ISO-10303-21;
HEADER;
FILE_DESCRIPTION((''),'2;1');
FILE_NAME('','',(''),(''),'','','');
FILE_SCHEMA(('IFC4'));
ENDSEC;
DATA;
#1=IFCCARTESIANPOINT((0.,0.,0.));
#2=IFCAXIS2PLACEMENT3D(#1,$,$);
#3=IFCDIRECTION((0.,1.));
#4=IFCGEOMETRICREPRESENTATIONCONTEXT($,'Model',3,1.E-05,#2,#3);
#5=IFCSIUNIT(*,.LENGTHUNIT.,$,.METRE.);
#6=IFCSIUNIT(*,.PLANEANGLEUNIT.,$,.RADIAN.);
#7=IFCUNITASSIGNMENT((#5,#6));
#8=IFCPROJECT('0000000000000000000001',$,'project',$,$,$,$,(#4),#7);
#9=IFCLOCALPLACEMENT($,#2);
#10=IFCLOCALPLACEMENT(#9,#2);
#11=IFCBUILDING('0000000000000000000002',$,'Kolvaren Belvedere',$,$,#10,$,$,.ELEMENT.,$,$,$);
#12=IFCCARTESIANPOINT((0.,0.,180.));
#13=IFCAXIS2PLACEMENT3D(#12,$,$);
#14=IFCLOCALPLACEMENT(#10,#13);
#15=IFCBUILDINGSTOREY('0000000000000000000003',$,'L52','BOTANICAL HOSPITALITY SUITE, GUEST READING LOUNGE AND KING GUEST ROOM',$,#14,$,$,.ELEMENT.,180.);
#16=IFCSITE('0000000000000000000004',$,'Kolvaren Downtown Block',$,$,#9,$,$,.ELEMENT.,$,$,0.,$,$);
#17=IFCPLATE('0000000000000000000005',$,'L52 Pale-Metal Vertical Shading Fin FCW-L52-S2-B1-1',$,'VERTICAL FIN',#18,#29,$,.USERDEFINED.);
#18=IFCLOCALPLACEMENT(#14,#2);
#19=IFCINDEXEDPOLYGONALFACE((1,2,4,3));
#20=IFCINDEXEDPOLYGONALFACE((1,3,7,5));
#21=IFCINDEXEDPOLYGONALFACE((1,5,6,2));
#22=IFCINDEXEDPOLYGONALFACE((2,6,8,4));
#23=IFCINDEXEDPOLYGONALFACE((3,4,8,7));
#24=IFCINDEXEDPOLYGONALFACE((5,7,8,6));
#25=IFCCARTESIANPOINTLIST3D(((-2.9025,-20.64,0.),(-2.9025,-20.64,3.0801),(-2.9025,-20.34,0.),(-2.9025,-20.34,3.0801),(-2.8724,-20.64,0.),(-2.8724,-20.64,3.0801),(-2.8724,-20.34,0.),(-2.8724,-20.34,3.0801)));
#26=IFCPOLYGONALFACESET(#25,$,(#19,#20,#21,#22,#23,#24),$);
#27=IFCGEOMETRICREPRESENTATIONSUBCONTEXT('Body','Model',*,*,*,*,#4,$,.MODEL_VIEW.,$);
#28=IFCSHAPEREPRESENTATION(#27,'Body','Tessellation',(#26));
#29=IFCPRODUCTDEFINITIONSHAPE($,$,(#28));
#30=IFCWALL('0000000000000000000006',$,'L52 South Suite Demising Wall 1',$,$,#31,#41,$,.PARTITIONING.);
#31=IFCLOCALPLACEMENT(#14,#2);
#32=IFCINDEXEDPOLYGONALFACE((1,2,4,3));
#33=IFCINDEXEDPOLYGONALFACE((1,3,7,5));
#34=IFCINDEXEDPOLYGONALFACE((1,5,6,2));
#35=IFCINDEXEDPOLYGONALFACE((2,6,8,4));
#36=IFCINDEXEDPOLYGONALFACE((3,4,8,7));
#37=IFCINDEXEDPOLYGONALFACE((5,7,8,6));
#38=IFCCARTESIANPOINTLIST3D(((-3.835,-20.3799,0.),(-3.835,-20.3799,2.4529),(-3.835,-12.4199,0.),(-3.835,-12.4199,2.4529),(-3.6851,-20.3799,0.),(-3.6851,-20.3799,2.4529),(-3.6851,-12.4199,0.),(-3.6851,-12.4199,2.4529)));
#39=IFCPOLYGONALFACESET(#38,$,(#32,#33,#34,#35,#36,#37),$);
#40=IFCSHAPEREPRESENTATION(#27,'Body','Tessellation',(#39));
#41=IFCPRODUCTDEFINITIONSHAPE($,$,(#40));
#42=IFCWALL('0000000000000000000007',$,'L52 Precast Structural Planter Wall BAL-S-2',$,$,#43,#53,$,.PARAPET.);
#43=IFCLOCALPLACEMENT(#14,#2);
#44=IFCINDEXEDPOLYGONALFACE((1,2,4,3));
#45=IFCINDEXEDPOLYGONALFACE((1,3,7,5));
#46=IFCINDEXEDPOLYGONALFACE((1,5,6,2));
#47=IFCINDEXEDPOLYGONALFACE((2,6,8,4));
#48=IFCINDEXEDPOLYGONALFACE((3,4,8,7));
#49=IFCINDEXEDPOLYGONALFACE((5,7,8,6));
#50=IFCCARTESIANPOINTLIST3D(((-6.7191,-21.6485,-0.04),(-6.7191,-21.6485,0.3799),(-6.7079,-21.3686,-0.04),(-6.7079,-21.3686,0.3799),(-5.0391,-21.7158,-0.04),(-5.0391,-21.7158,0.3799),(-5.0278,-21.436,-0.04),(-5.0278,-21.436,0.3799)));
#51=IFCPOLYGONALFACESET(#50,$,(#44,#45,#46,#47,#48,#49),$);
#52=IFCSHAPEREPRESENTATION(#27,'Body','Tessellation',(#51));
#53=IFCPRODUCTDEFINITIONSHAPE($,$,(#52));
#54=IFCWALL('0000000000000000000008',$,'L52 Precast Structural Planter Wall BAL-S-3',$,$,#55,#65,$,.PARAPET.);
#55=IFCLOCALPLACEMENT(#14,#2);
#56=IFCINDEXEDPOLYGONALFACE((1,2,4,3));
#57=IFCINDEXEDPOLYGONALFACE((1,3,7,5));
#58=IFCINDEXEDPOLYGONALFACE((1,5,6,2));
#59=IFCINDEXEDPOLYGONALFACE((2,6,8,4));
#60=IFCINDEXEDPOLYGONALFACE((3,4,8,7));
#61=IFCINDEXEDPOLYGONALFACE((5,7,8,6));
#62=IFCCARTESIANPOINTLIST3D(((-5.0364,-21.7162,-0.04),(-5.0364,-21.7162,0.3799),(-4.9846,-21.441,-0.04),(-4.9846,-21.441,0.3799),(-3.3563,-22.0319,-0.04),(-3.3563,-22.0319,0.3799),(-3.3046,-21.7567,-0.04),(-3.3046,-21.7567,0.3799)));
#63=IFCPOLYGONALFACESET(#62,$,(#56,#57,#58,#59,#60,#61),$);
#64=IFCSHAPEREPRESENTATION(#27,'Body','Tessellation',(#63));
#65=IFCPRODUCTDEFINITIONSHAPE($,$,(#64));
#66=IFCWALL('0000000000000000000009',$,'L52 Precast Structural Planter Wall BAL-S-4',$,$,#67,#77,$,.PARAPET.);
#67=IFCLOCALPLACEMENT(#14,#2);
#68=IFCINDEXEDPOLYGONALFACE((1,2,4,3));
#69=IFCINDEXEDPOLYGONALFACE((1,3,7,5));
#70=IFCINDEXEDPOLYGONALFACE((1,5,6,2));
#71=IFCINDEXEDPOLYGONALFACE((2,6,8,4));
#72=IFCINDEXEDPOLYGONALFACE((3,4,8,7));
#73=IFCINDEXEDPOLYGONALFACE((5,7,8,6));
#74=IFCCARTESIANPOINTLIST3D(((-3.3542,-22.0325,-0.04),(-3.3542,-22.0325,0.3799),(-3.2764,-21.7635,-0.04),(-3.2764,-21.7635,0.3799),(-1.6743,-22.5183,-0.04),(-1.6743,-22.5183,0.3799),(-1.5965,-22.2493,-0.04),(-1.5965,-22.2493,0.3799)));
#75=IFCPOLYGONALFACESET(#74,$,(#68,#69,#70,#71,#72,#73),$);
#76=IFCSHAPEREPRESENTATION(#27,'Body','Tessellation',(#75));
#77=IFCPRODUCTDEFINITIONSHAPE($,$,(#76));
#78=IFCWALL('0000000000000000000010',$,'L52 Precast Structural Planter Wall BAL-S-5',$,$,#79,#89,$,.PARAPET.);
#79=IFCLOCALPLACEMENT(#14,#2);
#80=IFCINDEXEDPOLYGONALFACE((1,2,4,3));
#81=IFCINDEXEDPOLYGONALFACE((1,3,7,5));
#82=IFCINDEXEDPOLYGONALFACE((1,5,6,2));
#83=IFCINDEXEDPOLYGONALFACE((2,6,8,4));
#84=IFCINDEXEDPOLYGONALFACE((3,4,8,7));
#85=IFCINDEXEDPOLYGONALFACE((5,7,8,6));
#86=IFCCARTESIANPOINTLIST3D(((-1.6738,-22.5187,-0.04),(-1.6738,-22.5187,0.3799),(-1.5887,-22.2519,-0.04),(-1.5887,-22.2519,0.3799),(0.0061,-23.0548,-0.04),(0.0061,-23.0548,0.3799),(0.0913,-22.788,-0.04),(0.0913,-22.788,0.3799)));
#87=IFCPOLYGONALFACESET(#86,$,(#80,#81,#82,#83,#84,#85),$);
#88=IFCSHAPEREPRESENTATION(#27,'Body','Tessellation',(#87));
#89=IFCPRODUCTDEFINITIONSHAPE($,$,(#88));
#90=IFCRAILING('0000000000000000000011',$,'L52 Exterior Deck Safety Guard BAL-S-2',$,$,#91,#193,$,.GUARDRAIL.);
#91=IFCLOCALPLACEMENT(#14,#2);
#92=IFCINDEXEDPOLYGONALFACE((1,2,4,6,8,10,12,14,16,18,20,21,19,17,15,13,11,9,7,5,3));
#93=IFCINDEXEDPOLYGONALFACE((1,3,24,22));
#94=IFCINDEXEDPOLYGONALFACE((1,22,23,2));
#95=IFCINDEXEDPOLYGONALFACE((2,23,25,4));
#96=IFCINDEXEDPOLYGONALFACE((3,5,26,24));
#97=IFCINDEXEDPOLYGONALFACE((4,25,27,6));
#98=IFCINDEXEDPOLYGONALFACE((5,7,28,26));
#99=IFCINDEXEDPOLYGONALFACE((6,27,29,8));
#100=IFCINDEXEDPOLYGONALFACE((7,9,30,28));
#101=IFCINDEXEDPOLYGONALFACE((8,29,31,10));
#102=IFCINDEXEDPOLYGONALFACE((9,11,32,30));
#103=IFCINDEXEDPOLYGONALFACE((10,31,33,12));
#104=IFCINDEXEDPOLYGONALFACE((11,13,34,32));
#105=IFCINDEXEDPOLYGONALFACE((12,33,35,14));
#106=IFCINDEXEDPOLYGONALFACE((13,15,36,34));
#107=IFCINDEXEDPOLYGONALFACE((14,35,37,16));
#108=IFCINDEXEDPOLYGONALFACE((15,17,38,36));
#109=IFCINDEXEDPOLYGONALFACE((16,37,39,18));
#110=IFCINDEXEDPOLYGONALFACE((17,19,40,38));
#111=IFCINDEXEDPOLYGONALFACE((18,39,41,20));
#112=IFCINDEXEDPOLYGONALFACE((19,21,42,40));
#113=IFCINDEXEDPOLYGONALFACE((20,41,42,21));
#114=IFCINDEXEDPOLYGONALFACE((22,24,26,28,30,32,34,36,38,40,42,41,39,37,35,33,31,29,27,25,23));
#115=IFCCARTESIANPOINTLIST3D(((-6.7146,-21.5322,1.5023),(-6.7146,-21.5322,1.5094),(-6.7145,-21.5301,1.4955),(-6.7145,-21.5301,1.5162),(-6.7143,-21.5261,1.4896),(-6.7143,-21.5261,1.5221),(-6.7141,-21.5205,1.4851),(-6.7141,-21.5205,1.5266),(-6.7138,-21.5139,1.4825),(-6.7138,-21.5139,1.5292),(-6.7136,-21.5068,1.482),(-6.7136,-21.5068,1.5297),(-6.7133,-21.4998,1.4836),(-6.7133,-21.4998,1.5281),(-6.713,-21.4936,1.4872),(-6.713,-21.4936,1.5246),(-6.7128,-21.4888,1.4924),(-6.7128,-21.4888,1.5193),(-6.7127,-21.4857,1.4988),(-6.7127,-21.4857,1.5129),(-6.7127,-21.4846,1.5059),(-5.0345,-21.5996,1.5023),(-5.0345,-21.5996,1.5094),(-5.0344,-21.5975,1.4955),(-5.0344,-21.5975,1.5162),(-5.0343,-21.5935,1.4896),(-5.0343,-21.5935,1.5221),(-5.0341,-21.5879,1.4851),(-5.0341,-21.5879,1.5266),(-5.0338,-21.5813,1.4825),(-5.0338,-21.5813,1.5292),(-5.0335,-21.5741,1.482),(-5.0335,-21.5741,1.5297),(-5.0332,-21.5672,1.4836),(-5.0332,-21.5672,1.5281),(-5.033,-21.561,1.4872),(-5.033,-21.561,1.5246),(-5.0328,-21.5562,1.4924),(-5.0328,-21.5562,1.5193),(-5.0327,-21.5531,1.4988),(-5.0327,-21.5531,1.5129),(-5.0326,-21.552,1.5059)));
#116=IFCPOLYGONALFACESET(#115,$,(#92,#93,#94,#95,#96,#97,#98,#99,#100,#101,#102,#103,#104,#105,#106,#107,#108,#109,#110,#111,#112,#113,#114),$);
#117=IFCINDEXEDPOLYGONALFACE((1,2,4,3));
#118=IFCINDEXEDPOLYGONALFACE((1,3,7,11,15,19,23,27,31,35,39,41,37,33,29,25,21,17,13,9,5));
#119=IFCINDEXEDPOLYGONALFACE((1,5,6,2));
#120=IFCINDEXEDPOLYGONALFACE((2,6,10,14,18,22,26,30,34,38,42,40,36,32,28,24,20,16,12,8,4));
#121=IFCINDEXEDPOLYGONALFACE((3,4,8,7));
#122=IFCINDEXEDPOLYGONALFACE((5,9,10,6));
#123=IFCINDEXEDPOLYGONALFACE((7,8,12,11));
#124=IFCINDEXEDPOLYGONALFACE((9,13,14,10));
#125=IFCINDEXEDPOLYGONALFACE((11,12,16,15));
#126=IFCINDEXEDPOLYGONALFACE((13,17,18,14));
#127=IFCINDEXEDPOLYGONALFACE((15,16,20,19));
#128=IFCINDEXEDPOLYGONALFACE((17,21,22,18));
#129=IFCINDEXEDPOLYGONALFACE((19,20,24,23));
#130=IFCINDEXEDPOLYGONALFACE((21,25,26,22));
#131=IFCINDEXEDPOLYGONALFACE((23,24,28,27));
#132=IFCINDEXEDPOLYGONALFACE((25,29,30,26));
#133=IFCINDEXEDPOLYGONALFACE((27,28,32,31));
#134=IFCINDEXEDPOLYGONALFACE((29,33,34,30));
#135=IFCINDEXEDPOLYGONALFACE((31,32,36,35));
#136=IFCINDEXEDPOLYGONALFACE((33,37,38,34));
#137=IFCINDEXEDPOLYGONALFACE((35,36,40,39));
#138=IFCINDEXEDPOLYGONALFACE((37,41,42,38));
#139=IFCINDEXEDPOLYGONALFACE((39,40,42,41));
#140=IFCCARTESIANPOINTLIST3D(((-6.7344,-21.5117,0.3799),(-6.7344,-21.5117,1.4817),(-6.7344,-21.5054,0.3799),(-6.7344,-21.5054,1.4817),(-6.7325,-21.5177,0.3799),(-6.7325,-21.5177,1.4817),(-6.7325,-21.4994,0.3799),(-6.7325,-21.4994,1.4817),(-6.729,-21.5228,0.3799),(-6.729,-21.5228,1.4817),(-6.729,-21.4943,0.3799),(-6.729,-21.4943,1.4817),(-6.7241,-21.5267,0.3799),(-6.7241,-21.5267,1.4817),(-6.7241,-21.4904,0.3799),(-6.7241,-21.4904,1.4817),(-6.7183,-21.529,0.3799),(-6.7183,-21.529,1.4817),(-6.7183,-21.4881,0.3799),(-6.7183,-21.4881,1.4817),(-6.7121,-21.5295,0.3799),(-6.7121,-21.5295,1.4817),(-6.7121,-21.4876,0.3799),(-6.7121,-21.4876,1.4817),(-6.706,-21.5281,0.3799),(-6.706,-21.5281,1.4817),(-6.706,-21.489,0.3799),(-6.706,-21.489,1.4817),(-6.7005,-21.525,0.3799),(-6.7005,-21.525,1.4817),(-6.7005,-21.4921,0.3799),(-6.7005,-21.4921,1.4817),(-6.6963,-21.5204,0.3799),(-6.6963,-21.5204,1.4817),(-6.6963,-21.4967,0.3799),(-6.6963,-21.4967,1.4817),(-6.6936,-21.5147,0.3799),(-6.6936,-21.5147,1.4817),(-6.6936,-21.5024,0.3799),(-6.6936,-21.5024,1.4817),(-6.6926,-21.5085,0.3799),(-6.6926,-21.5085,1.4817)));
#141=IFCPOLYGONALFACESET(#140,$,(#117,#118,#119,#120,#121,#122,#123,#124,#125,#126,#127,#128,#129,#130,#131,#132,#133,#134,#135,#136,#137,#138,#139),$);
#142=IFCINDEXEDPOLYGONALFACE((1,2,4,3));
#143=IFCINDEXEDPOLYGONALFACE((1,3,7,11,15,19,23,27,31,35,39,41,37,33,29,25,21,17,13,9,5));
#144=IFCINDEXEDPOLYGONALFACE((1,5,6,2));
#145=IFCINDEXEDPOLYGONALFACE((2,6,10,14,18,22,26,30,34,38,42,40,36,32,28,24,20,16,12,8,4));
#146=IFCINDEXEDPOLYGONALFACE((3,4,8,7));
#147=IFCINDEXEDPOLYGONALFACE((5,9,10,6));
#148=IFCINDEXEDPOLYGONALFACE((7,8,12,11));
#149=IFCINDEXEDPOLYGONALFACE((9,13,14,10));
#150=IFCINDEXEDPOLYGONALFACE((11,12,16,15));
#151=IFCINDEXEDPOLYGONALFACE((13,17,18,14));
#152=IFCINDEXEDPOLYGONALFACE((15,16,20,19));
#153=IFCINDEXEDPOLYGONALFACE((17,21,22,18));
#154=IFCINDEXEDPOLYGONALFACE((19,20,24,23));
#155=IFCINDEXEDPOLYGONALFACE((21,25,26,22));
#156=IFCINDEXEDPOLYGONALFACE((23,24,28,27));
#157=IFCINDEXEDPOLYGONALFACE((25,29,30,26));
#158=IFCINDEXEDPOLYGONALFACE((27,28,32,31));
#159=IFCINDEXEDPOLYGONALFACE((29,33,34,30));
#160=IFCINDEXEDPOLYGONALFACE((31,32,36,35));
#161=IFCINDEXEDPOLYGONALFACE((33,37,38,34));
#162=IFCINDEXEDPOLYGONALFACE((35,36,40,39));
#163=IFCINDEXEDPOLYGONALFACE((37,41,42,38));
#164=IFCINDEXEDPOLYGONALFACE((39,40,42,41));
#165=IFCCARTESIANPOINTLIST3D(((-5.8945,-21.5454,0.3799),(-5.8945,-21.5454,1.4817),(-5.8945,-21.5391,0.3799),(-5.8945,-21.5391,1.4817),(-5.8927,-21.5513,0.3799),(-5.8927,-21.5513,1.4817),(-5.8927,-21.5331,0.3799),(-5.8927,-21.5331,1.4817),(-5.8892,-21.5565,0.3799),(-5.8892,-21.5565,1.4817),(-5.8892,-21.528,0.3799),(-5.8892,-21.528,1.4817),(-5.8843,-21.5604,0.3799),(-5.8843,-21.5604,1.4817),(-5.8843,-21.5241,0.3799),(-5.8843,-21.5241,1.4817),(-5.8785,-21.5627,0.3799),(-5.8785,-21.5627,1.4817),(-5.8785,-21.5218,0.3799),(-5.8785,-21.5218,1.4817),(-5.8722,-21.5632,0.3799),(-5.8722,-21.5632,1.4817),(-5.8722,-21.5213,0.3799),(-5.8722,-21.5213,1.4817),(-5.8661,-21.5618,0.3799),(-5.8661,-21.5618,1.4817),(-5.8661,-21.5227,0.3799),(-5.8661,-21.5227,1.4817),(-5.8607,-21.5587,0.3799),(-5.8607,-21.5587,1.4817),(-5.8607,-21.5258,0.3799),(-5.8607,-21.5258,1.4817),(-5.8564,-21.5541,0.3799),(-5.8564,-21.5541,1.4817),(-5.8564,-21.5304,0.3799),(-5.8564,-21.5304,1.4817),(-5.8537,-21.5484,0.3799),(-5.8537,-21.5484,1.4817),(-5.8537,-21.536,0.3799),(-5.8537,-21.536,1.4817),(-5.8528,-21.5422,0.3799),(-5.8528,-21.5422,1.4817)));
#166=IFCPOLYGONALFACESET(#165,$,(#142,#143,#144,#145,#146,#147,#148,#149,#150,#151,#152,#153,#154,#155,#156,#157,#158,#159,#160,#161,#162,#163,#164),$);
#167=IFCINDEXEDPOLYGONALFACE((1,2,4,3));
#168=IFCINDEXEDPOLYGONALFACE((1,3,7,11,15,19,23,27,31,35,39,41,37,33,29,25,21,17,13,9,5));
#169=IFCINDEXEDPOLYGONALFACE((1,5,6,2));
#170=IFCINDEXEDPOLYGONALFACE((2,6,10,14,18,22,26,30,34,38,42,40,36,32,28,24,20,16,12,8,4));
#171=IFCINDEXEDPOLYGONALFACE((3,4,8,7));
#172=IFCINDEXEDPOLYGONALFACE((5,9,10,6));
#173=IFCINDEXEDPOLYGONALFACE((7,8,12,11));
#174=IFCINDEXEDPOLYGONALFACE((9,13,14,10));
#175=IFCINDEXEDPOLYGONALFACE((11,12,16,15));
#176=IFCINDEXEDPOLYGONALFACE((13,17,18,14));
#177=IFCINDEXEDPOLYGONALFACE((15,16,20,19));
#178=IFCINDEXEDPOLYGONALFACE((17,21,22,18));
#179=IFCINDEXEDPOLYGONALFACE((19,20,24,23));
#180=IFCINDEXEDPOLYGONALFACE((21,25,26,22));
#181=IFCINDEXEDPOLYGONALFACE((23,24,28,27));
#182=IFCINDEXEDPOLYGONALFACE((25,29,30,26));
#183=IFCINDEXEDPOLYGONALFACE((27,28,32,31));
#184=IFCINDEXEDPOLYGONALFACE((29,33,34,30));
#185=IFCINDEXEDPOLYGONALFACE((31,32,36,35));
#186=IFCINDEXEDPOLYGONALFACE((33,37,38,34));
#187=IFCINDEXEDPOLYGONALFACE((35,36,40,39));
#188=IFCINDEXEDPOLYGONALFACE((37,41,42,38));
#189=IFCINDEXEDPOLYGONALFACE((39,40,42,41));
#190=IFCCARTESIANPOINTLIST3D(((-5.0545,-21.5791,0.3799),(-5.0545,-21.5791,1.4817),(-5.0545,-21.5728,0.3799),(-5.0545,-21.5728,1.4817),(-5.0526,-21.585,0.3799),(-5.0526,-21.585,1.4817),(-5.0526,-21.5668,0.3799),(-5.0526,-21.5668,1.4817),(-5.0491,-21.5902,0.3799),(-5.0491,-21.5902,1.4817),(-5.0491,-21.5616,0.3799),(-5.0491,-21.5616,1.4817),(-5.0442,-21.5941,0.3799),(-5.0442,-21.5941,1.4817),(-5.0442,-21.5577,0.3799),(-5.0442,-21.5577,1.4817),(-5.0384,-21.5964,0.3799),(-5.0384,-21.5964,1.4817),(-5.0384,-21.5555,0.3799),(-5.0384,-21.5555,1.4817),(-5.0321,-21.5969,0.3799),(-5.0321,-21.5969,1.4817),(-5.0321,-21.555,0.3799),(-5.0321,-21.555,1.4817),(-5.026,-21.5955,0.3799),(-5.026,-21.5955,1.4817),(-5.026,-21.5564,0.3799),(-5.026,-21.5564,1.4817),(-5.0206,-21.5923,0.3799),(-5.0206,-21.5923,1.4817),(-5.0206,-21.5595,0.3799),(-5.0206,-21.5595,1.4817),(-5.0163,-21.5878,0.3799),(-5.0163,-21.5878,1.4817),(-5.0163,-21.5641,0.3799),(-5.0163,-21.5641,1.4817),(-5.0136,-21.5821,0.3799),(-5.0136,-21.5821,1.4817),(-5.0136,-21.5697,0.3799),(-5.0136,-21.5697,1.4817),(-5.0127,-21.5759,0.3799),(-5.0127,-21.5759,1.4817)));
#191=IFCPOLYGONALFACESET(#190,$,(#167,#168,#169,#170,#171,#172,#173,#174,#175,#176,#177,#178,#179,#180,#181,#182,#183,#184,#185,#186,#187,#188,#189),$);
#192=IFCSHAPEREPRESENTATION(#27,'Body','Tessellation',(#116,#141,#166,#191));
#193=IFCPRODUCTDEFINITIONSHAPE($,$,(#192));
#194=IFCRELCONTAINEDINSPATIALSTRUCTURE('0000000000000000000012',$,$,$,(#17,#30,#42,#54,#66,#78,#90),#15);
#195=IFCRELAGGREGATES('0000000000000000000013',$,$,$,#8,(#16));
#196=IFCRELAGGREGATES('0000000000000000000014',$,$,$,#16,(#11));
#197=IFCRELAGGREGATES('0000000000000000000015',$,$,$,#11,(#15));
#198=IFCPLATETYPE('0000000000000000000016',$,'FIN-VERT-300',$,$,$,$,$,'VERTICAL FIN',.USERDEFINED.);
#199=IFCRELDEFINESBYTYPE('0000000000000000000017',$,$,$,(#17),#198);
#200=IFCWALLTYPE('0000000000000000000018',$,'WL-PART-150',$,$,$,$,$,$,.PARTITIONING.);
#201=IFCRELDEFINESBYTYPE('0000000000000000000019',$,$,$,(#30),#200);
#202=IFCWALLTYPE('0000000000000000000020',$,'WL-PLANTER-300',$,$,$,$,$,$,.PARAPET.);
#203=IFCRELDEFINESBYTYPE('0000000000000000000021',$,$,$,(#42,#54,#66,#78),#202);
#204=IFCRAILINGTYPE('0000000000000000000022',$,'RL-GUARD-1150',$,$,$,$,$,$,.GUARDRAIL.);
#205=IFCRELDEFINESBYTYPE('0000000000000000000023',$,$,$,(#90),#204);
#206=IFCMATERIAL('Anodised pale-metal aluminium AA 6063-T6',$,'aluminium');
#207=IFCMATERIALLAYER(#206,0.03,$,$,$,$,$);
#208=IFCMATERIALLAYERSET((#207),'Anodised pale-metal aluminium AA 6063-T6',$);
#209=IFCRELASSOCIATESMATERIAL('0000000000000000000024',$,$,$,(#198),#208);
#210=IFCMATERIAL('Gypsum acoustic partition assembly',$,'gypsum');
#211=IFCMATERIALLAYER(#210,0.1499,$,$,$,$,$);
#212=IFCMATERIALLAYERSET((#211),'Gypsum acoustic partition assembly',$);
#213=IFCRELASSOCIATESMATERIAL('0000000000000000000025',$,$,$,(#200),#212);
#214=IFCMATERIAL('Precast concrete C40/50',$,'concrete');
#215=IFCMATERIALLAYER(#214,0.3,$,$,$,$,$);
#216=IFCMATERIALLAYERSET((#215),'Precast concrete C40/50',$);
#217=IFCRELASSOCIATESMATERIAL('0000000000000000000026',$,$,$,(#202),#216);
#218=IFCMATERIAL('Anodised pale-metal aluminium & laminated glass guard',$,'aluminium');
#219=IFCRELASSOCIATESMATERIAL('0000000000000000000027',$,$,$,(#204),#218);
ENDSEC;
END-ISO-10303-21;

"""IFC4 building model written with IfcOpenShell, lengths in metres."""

from ifc_helpers import new_model, si_unit, direction, frame, frame_2d, origin, origin_2d, place, context, subcontext, project, spatial, rectangle, circle, extrude, material, layer, layer_set, type_object, element, save


model = new_model("IFC4")

# Units and contexts
model_context = context("Model", 3, precision=1e-05, world=origin(), true_north=direction((0.0, 1.0)))
body_context = subcontext(model_context, "Body", "Model", "MODEL_VIEW")
ifc_project = project(units=[si_unit("LENGTHUNIT", "METRE"), si_unit("PLANEANGLEUNIT", "RADIAN")], contexts=[model_context])

# Site, building, storey
site_placement = place(None, origin())
site = spatial("IfcSite", under=ifc_project, at=site_placement, Name="Kolvaren Downtown Block", CompositionType="ELEMENT", RefElevation=0.0)
building_placement = place(site_placement, origin())
building = spatial("IfcBuilding", under=site, at=building_placement, Name="Kolvaren Belvedere", CompositionType="ELEMENT")
storey_placement = place(building_placement, frame((0.0, 0.0, 180.0)))
storey = spatial("IfcBuildingStorey", under=building, at=storey_placement, Name="L52", Description="BOTANICAL HOSPITALITY SUITE, GUEST READING LOUNGE AND KING GUEST ROOM", CompositionType="ELEMENT", Elevation=180.0)

# Plate
ifc_material_1 = material(Name="Anodised pale-metal aluminium AA 6063-T6", Category="aluminium")
ifc_layer_1 = layer(ifc_material_1, 0.03)
ifc_layer_set_1 = layer_set([ifc_layer_1], Name="Anodised pale-metal aluminium AA 6063-T6")
plate_type_1 = type_object("IfcPlateType", Name="FIN-VERT-300", ElementType="VERTICAL FIN", PredefinedType="USERDEFINED", material=ifc_layer_set_1)
plate_1_placement = place(storey_placement, frame((-2.8875, -20.49, 0.0), z_axis=(0.0, 0.0, 1.0), x_axis=(0.0, 1.0, 0.0)))
element("IfcPlate", 1, at=plate_1_placement, inside=storey, type_object=plate_type_1, Name="L52 Pale-Metal Vertical Shading Fin FCW-L52-S2-B1-1", ObjectType="VERTICAL FIN", PredefinedType="USERDEFINED", context=body_context, shape_type="SweptSolid", body=[
    extrude(rectangle(XDim=0.3, YDim=0.03, at=origin_2d()), origin(), (0.0, 0.0, 1.0), 3.0801),
])

# Walls
ifc_material_2 = material(Name="Gypsum acoustic partition assembly", Category="gypsum")
ifc_layer_2 = layer(ifc_material_2, 0.1499)
ifc_layer_set_2 = layer_set([ifc_layer_2], Name="Gypsum acoustic partition assembly")
wall_type_1 = type_object("IfcWallType", Name="WL-PART-150", PredefinedType="PARTITIONING", material=ifc_layer_set_2)
wall_1_placement = place(storey_placement, frame((-3.76, -20.3799, 0.0), z_axis=(0.0, 0.0, 1.0), x_axis=(0.0, 1.0, 0.0)))
element("IfcWall", 2, at=wall_1_placement, inside=storey, type_object=wall_type_1, Name="L52 South Suite Demising Wall 1", PredefinedType="PARTITIONING", context=body_context, shape_type="SweptSolid", body=[
    extrude(rectangle(XDim=7.96, YDim=0.1499, at=frame_2d((3.98, 0.0))), origin(), (0.0, 0.0, 1.0), 2.4529),
])
ifc_material_3 = material(Name="Precast concrete C40/50", Category="concrete")
ifc_layer_3 = layer(ifc_material_3, 0.3)
ifc_layer_set_3 = layer_set([ifc_layer_3], Name="Precast concrete C40/50")
wall_type_2 = type_object("IfcWallType", Name="WL-PLANTER-300", PredefinedType="PARAPET", material=ifc_layer_set_3)
wall_2_placement = place(storey_placement, frame((-6.7136, -21.5085, -0.04), z_axis=(0.0, 0.0, 1.0), x_axis=(0.999197, -0.040078, 0.0)))
element("IfcWall", 3, at=wall_2_placement, inside=storey, type_object=wall_type_2, Name="L52 Precast Structural Planter Wall BAL-S-2", PredefinedType="PARAPET", context=body_context, shape_type="SweptSolid", body=[
    extrude(rectangle(XDim=1.6814, YDim=0.28, at=frame_2d((0.8408, 0.0))), origin(), (0.0, 0.0, 1.0), 0.4199),
])
wall_3_placement = place(storey_placement, frame((-5.0105, -21.5786, -0.04), z_axis=(0.0, 0.0, 1.0), x_axis=(0.982804, -0.184651, 0.0)))
element("IfcWall", 4, at=wall_3_placement, inside=storey, type_object=wall_type_2, Name="L52 Precast Structural Planter Wall BAL-S-3", PredefinedType="PARAPET", context=body_context, shape_type="SweptSolid", body=[
    extrude(rectangle(XDim=1.7095, YDim=0.28, at=frame_2d((0.8547, 0.0))), origin(), (0.0, 0.0, 1.0), 0.4199),
])
wall_4_placement = place(storey_placement, frame((-3.3154, -21.8979, -0.04), z_axis=(0.0, 0.0, 1.0), x_axis=(0.960634, -0.277817, 0.0)))
element("IfcWall", 5, at=wall_4_placement, inside=storey, type_object=wall_type_2, Name="L52 Precast Structural Planter Wall BAL-S-4", PredefinedType="PARAPET", context=body_context, shape_type="SweptSolid", body=[
    extrude(rectangle(XDim=1.7488, YDim=0.28, at=frame_2d((0.8745, 0.0))), origin(), (0.0, 0.0, 1.0), 0.4199),
])
wall_5_placement = place(storey_placement, frame((-1.6313, -22.3853, -0.04), z_axis=(0.0, 0.0, 1.0), x_axis=(0.952662, -0.304032, 0.0)))
element("IfcWall", 6, at=wall_5_placement, inside=storey, type_object=wall_type_2, Name="L52 Precast Structural Planter Wall BAL-S-5", PredefinedType="PARAPET", context=body_context, shape_type="SweptSolid", body=[
    extrude(rectangle(XDim=1.7634, YDim=0.28, at=frame_2d((0.8818, 0.0))), origin(), (0.0, 0.0, 1.0), 0.4199),
])

# Railing
ifc_material_4 = material(Name="Anodised pale-metal aluminium & laminated glass guard", Category="aluminium")
railing_type = type_object("IfcRailingType", Name="RL-GUARD-1150", PredefinedType="GUARDRAIL", material=ifc_material_4)
railing_1_placement = place(storey_placement, frame((-6.7136, -21.5085, 0.3799)))
element("IfcRailing", 7, at=railing_1_placement, inside=storey, type_object=railing_type, Name="L52 Exterior Deck Safety Guard BAL-S-2", PredefinedType="GUARDRAIL", context=body_context, shape_type="SweptSolid", body=[
    extrude(circle(Radius=0.0239, at=origin_2d()), frame((0.0, 0.0, 1.126), z_axis=(0.999197, -0.040078, 0.0), x_axis=(0.040078, 0.999197, 0.0)), (0.0, 0.0, 1.0), 1.6814),
    extrude(circle(Radius=0.021, at=origin_2d()), origin(), (0.0, 0.0, 1.0), 1.1018),
    extrude(circle(Radius=0.021, at=origin_2d()), frame((0.8398, -0.0337, 0.0)), (0.0, 0.0, 1.0), 1.1018),
    extrude(circle(Radius=0.021, at=origin_2d()), frame((1.6799, -0.0674, 0.0)), (0.0, 0.0, 1.0), 1.1018),
])

save(model, "model.ifc")
